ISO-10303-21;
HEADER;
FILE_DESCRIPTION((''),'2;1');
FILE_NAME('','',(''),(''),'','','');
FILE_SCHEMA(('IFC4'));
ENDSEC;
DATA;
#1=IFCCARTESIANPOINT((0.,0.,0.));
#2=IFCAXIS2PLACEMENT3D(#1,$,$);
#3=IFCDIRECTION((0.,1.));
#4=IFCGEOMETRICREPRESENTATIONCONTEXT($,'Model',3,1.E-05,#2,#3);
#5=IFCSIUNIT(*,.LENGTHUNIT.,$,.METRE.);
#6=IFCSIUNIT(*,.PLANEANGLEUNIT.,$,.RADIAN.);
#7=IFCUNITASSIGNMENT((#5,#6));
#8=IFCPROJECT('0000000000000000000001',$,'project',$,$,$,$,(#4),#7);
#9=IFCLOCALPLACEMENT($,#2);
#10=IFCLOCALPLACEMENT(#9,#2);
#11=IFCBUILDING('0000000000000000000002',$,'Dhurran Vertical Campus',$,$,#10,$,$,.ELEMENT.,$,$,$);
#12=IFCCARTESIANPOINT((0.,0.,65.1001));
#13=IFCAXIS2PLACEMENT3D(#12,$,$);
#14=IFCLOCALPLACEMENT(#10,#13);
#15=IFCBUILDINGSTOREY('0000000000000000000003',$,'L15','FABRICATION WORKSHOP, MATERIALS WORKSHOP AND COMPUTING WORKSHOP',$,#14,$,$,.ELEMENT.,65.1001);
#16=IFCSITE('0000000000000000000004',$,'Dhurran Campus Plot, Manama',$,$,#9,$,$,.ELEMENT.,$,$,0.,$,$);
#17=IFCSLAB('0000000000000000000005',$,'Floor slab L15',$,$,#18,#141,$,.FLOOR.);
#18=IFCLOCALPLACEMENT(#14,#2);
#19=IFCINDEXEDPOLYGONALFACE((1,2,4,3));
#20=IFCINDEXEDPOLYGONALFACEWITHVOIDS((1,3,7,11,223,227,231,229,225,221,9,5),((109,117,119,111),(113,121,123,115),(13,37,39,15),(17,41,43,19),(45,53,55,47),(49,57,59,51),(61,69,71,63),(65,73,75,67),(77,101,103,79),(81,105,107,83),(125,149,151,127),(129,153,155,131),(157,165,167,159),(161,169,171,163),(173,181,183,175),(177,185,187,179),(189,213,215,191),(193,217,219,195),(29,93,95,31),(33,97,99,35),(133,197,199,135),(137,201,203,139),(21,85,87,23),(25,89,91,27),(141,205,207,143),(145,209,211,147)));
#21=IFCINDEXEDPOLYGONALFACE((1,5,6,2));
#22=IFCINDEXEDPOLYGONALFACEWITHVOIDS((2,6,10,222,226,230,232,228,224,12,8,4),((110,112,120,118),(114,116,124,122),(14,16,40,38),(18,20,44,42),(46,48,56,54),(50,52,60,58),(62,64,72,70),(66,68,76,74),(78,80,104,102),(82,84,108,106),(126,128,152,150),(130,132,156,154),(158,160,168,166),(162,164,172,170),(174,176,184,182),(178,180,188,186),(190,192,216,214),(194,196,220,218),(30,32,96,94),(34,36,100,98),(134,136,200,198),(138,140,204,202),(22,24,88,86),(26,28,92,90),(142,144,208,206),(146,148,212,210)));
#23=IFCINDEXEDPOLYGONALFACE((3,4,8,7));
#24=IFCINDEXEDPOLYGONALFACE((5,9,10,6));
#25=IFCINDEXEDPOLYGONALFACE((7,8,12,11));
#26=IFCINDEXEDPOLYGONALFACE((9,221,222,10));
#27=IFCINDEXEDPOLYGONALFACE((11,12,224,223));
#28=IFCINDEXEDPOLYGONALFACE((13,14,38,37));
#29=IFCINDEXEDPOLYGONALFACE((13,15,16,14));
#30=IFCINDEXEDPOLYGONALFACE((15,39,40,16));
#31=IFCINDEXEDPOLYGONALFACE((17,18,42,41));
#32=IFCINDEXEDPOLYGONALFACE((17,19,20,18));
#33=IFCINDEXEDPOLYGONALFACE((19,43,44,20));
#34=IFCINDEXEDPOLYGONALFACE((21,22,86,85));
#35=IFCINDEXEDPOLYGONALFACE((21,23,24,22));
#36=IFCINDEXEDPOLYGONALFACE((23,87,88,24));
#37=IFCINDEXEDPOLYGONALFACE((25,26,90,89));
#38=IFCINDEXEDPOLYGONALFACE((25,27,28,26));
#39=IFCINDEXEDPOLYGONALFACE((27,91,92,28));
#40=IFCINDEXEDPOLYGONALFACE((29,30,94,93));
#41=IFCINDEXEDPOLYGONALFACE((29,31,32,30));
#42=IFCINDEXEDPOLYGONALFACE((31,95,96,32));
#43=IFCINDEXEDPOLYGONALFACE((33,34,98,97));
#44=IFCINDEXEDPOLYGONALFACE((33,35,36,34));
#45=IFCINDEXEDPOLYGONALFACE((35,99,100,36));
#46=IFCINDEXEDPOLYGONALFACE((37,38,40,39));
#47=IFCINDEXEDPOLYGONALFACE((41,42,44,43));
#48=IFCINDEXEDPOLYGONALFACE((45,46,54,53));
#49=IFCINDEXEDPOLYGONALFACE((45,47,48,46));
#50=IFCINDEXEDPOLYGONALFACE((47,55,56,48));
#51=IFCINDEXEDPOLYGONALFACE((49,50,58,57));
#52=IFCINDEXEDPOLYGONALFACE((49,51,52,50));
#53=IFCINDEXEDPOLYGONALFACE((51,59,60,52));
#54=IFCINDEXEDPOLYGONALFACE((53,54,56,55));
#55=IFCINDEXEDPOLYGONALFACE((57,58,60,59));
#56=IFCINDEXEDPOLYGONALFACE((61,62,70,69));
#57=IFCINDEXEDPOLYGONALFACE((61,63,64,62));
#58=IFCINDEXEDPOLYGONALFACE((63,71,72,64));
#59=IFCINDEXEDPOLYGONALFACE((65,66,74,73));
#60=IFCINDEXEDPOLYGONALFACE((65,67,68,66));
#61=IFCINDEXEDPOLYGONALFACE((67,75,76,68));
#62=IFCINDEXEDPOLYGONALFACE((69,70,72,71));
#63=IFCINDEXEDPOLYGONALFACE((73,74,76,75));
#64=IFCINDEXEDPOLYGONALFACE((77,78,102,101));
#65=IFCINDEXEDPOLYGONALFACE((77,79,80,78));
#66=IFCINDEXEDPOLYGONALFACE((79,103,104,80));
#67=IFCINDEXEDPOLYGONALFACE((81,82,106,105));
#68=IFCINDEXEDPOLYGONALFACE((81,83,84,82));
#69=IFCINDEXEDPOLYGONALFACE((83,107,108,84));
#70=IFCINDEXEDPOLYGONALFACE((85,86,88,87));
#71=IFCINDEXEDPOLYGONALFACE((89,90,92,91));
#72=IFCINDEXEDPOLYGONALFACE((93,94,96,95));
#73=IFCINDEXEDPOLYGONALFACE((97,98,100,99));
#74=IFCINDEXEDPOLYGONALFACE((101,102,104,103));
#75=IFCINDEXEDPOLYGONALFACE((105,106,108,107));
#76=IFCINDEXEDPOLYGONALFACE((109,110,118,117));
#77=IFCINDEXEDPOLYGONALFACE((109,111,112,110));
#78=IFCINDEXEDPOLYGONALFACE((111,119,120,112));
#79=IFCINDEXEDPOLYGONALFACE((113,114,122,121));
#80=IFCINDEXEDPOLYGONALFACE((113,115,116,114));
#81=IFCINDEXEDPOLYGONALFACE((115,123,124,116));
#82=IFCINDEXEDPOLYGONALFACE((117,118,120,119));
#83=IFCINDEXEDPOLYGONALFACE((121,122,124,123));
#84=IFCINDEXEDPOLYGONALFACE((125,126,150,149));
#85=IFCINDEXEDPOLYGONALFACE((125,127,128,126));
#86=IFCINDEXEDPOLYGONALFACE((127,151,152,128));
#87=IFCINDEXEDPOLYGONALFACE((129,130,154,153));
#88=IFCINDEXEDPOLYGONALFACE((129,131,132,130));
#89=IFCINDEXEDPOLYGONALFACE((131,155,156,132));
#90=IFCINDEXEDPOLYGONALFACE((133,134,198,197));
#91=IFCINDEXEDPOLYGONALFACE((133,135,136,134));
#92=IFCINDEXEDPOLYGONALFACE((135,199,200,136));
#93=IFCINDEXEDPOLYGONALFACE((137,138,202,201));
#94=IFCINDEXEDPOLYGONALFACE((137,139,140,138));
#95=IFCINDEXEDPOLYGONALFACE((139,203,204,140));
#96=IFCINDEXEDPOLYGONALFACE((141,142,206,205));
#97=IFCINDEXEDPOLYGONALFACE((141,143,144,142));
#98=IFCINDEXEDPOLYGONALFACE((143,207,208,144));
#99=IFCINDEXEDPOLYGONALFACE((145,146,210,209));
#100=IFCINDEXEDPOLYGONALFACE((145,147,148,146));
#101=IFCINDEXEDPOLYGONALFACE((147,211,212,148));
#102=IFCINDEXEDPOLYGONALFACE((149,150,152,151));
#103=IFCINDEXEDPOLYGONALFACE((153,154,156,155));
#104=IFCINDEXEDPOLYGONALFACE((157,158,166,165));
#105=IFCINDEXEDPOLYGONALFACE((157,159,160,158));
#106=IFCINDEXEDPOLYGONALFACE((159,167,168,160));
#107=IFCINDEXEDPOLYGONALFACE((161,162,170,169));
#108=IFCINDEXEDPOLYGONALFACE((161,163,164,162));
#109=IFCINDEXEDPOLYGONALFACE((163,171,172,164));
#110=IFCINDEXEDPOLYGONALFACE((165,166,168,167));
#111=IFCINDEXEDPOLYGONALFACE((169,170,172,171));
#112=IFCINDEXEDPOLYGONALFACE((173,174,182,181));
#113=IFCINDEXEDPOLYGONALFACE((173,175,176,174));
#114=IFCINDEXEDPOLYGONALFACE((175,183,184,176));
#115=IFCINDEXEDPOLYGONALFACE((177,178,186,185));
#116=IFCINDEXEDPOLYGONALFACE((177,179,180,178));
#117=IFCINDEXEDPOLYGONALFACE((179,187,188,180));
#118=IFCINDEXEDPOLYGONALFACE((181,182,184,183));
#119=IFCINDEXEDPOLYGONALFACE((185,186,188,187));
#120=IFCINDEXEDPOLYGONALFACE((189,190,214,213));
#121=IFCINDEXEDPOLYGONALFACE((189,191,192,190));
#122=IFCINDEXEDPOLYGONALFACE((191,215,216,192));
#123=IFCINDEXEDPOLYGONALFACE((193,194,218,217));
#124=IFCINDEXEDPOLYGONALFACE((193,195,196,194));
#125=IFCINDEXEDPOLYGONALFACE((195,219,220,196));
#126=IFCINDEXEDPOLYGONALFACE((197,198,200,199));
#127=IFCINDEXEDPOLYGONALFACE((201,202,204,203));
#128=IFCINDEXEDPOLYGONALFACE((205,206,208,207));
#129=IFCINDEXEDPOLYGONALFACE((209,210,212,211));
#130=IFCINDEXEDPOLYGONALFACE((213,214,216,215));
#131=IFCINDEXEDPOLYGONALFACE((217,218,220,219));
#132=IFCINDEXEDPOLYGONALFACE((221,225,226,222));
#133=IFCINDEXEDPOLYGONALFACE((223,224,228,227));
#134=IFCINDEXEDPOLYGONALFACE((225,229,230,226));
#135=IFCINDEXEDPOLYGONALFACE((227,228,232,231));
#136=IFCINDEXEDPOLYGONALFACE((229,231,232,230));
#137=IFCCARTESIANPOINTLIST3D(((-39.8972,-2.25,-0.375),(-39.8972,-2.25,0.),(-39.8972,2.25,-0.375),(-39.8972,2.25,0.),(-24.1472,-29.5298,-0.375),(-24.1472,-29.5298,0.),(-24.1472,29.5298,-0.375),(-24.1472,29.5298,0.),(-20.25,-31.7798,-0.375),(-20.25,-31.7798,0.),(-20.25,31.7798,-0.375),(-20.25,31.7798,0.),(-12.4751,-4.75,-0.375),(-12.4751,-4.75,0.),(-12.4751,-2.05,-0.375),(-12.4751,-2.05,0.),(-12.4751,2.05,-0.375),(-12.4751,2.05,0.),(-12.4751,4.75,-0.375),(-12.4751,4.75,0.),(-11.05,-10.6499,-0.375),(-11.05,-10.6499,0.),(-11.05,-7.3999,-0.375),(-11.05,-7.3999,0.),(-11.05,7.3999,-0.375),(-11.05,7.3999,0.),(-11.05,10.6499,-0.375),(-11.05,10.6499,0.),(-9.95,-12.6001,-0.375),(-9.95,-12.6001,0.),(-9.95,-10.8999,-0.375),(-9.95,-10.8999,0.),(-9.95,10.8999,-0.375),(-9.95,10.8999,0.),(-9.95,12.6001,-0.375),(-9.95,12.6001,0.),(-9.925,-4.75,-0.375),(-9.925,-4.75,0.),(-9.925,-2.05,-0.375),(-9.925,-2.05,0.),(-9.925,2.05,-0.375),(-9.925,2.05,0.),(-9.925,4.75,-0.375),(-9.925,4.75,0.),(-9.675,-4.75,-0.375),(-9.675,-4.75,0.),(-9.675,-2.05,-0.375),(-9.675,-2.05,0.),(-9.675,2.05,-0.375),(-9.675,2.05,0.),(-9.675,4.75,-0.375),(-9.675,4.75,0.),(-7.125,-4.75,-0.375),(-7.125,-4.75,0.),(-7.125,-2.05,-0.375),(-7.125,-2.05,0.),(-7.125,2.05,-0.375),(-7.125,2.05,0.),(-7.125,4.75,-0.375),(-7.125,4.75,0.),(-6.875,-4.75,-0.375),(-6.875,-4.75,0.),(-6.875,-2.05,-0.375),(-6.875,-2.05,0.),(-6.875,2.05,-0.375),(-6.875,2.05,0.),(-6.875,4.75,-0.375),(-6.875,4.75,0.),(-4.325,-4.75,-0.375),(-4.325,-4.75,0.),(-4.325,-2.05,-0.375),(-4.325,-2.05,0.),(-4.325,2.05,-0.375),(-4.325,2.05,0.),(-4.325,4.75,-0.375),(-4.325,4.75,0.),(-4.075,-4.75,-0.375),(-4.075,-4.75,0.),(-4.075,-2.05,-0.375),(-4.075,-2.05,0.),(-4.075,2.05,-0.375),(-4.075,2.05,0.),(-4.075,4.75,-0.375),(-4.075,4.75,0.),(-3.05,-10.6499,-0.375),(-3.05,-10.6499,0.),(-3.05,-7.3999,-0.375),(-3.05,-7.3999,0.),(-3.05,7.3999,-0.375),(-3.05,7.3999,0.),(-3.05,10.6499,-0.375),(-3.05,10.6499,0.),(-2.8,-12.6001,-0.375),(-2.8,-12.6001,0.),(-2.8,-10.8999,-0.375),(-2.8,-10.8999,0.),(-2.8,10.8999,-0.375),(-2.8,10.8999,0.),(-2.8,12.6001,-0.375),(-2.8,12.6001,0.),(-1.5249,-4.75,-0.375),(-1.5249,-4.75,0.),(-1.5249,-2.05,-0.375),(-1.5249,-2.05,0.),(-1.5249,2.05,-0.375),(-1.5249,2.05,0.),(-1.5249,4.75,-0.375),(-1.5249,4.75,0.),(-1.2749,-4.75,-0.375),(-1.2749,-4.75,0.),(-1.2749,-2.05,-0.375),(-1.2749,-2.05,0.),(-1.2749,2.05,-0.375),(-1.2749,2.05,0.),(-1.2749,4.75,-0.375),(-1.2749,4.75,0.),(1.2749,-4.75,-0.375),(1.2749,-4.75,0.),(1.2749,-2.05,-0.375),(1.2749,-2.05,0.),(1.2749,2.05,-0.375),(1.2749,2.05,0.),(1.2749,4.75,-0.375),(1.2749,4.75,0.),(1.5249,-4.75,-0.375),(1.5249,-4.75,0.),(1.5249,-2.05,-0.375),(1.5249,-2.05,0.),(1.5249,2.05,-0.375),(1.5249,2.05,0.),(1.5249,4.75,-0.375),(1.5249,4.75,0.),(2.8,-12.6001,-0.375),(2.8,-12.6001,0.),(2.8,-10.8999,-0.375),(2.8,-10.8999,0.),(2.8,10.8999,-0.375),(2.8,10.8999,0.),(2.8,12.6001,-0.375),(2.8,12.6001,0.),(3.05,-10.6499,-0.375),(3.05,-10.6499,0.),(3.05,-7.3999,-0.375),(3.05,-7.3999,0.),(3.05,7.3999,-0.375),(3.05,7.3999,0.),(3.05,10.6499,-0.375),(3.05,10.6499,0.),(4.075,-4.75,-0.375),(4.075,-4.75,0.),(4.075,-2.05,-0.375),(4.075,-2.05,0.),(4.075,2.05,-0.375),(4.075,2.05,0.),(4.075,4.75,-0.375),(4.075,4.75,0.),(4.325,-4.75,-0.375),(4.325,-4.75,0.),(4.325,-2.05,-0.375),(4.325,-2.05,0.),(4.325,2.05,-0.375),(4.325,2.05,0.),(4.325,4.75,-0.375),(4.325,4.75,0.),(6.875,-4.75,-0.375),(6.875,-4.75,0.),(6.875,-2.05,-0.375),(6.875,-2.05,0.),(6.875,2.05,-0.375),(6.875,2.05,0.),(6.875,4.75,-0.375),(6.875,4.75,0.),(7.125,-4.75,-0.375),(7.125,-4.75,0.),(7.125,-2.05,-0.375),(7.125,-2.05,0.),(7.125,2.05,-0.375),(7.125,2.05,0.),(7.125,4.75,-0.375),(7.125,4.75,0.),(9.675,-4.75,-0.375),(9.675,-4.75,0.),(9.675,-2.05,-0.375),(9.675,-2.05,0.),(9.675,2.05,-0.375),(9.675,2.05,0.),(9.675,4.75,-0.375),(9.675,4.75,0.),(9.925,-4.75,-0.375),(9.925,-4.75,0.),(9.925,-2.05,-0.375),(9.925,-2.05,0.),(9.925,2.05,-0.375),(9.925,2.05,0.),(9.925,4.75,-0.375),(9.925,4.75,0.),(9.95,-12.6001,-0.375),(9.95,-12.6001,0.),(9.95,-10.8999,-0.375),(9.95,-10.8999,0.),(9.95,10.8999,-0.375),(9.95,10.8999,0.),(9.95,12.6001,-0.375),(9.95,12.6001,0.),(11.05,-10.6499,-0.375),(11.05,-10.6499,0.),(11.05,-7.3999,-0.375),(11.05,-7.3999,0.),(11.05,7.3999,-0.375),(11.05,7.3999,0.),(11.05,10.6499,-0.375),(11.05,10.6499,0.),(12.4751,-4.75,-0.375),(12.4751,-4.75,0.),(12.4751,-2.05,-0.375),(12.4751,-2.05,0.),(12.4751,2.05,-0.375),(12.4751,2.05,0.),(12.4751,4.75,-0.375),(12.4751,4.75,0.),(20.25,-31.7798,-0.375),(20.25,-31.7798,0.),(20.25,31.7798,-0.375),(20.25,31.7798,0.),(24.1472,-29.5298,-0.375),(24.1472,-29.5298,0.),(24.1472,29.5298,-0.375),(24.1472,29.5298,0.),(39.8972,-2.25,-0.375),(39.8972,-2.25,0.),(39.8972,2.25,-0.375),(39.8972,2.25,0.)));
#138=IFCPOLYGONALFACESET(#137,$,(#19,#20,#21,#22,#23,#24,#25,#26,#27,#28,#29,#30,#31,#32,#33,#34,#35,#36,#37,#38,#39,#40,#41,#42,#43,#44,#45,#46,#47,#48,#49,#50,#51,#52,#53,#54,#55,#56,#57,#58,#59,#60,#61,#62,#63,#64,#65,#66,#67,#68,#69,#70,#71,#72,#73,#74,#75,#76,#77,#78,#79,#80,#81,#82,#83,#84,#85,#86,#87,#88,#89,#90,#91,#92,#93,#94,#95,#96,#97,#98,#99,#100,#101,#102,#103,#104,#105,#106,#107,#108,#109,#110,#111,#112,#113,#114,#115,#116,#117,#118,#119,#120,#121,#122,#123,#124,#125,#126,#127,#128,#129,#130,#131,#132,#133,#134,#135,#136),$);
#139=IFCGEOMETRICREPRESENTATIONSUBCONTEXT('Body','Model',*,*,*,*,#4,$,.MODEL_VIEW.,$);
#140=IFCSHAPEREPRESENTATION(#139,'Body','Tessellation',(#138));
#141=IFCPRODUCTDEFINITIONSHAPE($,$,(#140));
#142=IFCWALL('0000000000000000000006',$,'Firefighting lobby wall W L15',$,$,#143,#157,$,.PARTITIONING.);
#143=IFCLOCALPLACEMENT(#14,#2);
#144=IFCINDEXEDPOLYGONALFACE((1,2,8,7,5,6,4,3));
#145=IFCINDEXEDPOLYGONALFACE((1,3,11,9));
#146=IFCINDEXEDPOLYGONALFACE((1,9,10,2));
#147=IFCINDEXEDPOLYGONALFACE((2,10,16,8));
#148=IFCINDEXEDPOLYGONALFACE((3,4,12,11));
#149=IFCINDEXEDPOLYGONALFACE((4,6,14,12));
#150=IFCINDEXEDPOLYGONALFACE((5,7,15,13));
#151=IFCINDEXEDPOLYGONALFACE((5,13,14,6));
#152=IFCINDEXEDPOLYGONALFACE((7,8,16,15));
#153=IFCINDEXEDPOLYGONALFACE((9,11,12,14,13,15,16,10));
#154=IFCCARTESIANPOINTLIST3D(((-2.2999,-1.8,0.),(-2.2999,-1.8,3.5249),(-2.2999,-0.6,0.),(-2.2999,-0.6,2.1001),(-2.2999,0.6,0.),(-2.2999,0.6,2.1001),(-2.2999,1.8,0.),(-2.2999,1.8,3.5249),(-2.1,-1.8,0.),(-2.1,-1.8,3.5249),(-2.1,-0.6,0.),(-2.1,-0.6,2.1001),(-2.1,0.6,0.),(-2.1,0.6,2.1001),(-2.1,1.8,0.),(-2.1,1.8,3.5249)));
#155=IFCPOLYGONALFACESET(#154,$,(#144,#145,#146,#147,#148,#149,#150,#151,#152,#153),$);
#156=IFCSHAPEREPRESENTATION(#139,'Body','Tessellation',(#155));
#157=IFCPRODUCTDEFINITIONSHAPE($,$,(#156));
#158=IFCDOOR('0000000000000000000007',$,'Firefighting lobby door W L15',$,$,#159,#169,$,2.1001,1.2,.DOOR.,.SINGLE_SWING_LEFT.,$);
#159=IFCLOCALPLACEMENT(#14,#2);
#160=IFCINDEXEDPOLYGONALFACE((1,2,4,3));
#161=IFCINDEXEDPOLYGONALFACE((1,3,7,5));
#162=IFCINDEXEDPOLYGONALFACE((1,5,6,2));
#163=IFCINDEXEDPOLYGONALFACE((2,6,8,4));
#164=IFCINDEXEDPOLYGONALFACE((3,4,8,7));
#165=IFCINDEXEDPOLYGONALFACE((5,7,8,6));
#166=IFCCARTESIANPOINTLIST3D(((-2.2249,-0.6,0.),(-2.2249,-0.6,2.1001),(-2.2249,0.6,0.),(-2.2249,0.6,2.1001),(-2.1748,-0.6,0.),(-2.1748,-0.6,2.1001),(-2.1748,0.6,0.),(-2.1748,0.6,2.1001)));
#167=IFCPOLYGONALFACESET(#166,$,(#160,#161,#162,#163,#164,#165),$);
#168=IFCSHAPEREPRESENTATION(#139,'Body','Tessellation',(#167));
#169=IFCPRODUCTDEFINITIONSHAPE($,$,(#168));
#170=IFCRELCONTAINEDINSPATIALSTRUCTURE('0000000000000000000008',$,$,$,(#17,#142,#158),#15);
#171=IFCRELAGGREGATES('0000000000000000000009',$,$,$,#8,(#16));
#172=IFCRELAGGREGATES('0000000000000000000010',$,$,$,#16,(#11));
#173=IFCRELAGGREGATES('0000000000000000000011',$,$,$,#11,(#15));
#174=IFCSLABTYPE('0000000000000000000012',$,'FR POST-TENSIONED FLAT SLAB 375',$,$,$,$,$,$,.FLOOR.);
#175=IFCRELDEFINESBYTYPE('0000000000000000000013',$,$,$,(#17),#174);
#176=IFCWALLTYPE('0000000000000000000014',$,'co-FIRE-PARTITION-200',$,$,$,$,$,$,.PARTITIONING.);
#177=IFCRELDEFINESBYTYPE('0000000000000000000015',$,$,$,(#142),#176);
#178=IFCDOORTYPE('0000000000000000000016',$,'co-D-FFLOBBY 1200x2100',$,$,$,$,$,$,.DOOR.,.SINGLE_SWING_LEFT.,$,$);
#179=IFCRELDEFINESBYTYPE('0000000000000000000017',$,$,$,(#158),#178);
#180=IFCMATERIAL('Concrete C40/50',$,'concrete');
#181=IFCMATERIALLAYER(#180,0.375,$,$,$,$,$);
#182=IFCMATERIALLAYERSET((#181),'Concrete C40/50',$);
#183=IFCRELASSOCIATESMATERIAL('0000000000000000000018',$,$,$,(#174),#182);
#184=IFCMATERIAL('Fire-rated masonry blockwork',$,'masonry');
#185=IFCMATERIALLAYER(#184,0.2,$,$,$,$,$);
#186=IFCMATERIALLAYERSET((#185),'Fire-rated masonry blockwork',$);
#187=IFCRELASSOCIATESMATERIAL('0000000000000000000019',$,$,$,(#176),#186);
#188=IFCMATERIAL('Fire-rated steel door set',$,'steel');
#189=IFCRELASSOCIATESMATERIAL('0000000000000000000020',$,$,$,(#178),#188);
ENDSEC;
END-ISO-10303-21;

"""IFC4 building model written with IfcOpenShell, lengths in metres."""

from ifc_helpers import new_model, si_unit, direction, frame, frame_2d, origin, place, context, subcontext, project, spatial, polyline, rectangle, outline, extrude, material, layer, layer_set, type_object, element, fill, save


model = new_model("IFC4")

# Units and contexts
model_context = context("Model", 3, precision=1e-05, world=origin(), true_north=direction((0.0, 1.0)))
body_context = subcontext(model_context, "Body", "Model", "MODEL_VIEW")
ifc_project = project(units=[si_unit("LENGTHUNIT", "METRE"), si_unit("PLANEANGLEUNIT", "RADIAN")], contexts=[model_context])

# Site, building, storey
site_placement = place(None, origin())
site = spatial("IfcSite", under=ifc_project, at=site_placement, Name="Dhurran Campus Plot, Manama", CompositionType="ELEMENT", RefElevation=0.0)
building_placement = place(site_placement, origin())
building = spatial("IfcBuilding", under=site, at=building_placement, Name="Dhurran Vertical Campus", CompositionType="ELEMENT")
storey_placement = place(building_placement, frame((0.0, 0.0, 65.1001)))
storey = spatial("IfcBuildingStorey", under=building, at=storey_placement, Name="L15", Description="FABRICATION WORKSHOP, MATERIALS WORKSHOP AND COMPUTING WORKSHOP", CompositionType="ELEMENT", Elevation=65.1001)

# Slab
ifc_material_1 = material(Name="Concrete C40/50", Category="concrete")
ifc_layer_1 = layer(ifc_material_1, 0.375)
ifc_layer_set_1 = layer_set([ifc_layer_1], Name="Concrete C40/50")
slab_type = type_object("IfcSlabType", Name="FR POST-TENSIONED FLAT SLAB 375", PredefinedType="FLOOR", material=ifc_layer_set_1)
slab_placement = place(storey_placement, frame((0.0, 0.0, -0.375)))
element("IfcSlab", 1, at=slab_placement, inside=storey, type_object=slab_type, Name="Floor slab L15", PredefinedType="FLOOR", context=body_context, shape_type="SweptSolid", body=[
    extrude(outline(polyline([(-20.25, -31.7798), (20.25, -31.7798), (24.1472, -29.5298), (39.8972, -2.25), (39.8972, 2.25), (24.1472, 29.5298), (20.25, 31.7798), (-20.25, 31.7798), (-24.1472, 29.5298), (-39.8972, 2.25), (-39.8972, -2.25), (-24.1472, -29.5298), (-20.25, -31.7798)]), holes=[polyline([(-12.4751, 2.05), (-9.925, 2.05), (-9.925, 4.75), (-12.4751, 4.75), (-12.4751, 2.05)]), polyline([(-9.675, 2.05), (-7.125, 2.05), (-7.125, 4.75), (-9.675, 4.75), (-9.675, 2.05)]), polyline([(-6.875, 2.05), (-4.325, 2.05), (-4.325, 4.75), (-6.875, 4.75), (-6.875, 2.05)]), polyline([(-1.2749, 2.05), (1.2749, 2.05), (1.2749, 4.75), (-1.2749, 4.75), (-1.2749, 2.05)]), polyline([(9.925, 2.05), (12.4751, 2.05), (12.4751, 4.75), (9.925, 4.75), (9.925, 2.05)]), polyline([(-1.2749, -4.75), (1.2749, -4.75), (1.2749, -2.05), (-1.2749, -2.05), (-1.2749, -4.75)]), polyline([(1.5249, -4.75), (4.075, -4.75), (4.075, -2.05), (1.5249, -2.05), (1.5249, -4.75)]), polyline([(4.325, -4.75), (6.875, -4.75), (6.875, -2.05), (4.325, -2.05), (4.325, -4.75)]), polyline([(7.125, -4.75), (9.675, -4.75), (9.675, -2.05), (7.125, -2.05), (7.125, -4.75)]), polyline([(9.925, -4.75), (12.4751, -4.75), (12.4751, -2.05), (9.925, -2.05), (9.925, -4.75)]), polyline([(-4.075, 2.05), (-1.5249, 2.05), (-1.5249, 4.75), (-4.075, 4.75), (-4.075, 2.05)]), polyline([(1.5249, 2.05), (4.075, 2.05), (4.075, 4.75), (1.5249, 4.75), (1.5249, 2.05)]), polyline([(4.325, 2.05), (6.875, 2.05), (6.875, 4.75), (4.325, 4.75), (4.325, 2.05)]), polyline([(7.125, 2.05), (9.675, 2.05), (9.675, 4.75), (7.125, 4.75), (7.125, 2.05)]), polyline([(-12.4751, -4.75), (-9.925, -4.75), (-9.925, -2.05), (-12.4751, -2.05), (-12.4751, -4.75)]), polyline([(-9.675, -4.75), (-7.125, -4.75), (-7.125, -2.05), (-9.675, -2.05), (-9.675, -4.75)]), polyline([(-6.875, -4.75), (-4.325, -4.75), (-4.325, -2.05), (-6.875, -2.05), (-6.875, -4.75)]), polyline([(-4.075, -4.75), (-1.5249, -4.75), (-1.5249, -2.05), (-4.075, -2.05), (-4.075, -4.75)]), polyline([(-11.05, 7.3999), (-3.05, 7.3999), (-3.05, 10.6499), (-11.05, 10.6499), (-11.05, 7.3999)]), polyline([(3.05, 7.3999), (11.05, 7.3999), (11.05, 10.6499), (3.05, 10.6499), (3.05, 7.3999)]), polyline([(-11.05, -10.6499), (-3.05, -10.6499), (-3.05, -7.3999), (-11.05, -7.3999), (-11.05, -10.6499)]), polyline([(3.05, -10.6499), (11.05, -10.6499), (11.05, -7.3999), (3.05, -7.3999), (3.05, -10.6499)]), polyline([(-9.95, 10.8999), (-9.95, 12.6001), (-2.8, 12.6001), (-2.8, 10.8999), (-9.95, 10.8999)]), polyline([(9.95, 12.6001), (9.95, 10.8999), (2.8, 10.8999), (2.8, 12.6001), (9.95, 12.6001)]), polyline([(-9.95, -12.6001), (-9.95, -10.8999), (-2.8, -10.8999), (-2.8, -12.6001), (-9.95, -12.6001)]), polyline([(9.95, -10.8999), (9.95, -12.6001), (2.8, -12.6001), (2.8, -10.8999), (9.95, -10.8999)])]), origin(), (0.0, 0.0, 1.0), 0.375),
])

# Wall, opening, door
ifc_material_2 = material(Name="Fire-rated masonry blockwork", Category="masonry")
ifc_layer_2 = layer(ifc_material_2, 0.2)
ifc_layer_set_2 = layer_set([ifc_layer_2], Name="Fire-rated masonry blockwork")
wall_type_1 = type_object("IfcWallType", Name="co-FIRE-PARTITION-200", PredefinedType="PARTITIONING", material=ifc_layer_set_2)
wall_1_placement = place(storey_placement, frame((-2.2, -1.8, 0.0), z_axis=(0.0, 0.0, 1.0), x_axis=(0.0, 1.0, 0.0)))
wall_1 = element("IfcWall", 2, at=wall_1_placement, inside=storey, type_object=wall_type_1, Name="Firefighting lobby wall W L15", PredefinedType="PARTITIONING", context=body_context, shape_type="SweptSolid", body=[
    extrude(rectangle(XDim=3.6001, YDim=0.2, at=frame_2d((1.8, 0.0))), origin(), (0.0, 0.0, 1.0), 3.5249),
])
opening_1_placement = place(wall_1_placement, frame((1.2, 0.0, 0.0)))
opening_1 = element("IfcOpeningElement", 3, at=opening_1_placement, cuts=wall_1, PredefinedType="OPENING", context=body_context, shape_type="SweptSolid", body=[
    extrude(rectangle(XDim=1.2, YDim=2.1001, at=frame_2d((0.6001, 1.05))), frame((0.0, 0.1099, 0.0), z_axis=(0.0, -1.0, 0.0), x_axis=(1.0, 0.0, 0.0)), (0.0, 0.0, 1.0), 0.22),
])
ifc_material_3 = material(Name="Fire-rated steel door set", Category="steel")
door_type_1 = type_object("IfcDoorType", Name="co-D-FFLOBBY 1200x2100", OperationType="SINGLE_SWING_LEFT", PredefinedType="DOOR", material=ifc_material_3)
door_1_placement = place(opening_1_placement, origin())
door_1 = element("IfcDoor", 4, at=door_1_placement, inside=storey, type_object=door_type_1, Name="Firefighting lobby door W L15", OperationType="SINGLE_SWING_LEFT", OverallHeight=2.1001, OverallWidth=1.2, PredefinedType="DOOR", context=body_context, shape_type="SweptSolid", body=[
    extrude(rectangle(XDim=1.2, YDim=2.1001, at=frame_2d((0.6001, 1.05))), frame((0.0, 0.0249, 0.0), z_axis=(0.0, -1.0, 0.0), x_axis=(1.0, 0.0, 0.0)), (0.0, 0.0, 1.0), 0.05),
])
fill(opening_1, door_1)

save(model, "model.ifc")
